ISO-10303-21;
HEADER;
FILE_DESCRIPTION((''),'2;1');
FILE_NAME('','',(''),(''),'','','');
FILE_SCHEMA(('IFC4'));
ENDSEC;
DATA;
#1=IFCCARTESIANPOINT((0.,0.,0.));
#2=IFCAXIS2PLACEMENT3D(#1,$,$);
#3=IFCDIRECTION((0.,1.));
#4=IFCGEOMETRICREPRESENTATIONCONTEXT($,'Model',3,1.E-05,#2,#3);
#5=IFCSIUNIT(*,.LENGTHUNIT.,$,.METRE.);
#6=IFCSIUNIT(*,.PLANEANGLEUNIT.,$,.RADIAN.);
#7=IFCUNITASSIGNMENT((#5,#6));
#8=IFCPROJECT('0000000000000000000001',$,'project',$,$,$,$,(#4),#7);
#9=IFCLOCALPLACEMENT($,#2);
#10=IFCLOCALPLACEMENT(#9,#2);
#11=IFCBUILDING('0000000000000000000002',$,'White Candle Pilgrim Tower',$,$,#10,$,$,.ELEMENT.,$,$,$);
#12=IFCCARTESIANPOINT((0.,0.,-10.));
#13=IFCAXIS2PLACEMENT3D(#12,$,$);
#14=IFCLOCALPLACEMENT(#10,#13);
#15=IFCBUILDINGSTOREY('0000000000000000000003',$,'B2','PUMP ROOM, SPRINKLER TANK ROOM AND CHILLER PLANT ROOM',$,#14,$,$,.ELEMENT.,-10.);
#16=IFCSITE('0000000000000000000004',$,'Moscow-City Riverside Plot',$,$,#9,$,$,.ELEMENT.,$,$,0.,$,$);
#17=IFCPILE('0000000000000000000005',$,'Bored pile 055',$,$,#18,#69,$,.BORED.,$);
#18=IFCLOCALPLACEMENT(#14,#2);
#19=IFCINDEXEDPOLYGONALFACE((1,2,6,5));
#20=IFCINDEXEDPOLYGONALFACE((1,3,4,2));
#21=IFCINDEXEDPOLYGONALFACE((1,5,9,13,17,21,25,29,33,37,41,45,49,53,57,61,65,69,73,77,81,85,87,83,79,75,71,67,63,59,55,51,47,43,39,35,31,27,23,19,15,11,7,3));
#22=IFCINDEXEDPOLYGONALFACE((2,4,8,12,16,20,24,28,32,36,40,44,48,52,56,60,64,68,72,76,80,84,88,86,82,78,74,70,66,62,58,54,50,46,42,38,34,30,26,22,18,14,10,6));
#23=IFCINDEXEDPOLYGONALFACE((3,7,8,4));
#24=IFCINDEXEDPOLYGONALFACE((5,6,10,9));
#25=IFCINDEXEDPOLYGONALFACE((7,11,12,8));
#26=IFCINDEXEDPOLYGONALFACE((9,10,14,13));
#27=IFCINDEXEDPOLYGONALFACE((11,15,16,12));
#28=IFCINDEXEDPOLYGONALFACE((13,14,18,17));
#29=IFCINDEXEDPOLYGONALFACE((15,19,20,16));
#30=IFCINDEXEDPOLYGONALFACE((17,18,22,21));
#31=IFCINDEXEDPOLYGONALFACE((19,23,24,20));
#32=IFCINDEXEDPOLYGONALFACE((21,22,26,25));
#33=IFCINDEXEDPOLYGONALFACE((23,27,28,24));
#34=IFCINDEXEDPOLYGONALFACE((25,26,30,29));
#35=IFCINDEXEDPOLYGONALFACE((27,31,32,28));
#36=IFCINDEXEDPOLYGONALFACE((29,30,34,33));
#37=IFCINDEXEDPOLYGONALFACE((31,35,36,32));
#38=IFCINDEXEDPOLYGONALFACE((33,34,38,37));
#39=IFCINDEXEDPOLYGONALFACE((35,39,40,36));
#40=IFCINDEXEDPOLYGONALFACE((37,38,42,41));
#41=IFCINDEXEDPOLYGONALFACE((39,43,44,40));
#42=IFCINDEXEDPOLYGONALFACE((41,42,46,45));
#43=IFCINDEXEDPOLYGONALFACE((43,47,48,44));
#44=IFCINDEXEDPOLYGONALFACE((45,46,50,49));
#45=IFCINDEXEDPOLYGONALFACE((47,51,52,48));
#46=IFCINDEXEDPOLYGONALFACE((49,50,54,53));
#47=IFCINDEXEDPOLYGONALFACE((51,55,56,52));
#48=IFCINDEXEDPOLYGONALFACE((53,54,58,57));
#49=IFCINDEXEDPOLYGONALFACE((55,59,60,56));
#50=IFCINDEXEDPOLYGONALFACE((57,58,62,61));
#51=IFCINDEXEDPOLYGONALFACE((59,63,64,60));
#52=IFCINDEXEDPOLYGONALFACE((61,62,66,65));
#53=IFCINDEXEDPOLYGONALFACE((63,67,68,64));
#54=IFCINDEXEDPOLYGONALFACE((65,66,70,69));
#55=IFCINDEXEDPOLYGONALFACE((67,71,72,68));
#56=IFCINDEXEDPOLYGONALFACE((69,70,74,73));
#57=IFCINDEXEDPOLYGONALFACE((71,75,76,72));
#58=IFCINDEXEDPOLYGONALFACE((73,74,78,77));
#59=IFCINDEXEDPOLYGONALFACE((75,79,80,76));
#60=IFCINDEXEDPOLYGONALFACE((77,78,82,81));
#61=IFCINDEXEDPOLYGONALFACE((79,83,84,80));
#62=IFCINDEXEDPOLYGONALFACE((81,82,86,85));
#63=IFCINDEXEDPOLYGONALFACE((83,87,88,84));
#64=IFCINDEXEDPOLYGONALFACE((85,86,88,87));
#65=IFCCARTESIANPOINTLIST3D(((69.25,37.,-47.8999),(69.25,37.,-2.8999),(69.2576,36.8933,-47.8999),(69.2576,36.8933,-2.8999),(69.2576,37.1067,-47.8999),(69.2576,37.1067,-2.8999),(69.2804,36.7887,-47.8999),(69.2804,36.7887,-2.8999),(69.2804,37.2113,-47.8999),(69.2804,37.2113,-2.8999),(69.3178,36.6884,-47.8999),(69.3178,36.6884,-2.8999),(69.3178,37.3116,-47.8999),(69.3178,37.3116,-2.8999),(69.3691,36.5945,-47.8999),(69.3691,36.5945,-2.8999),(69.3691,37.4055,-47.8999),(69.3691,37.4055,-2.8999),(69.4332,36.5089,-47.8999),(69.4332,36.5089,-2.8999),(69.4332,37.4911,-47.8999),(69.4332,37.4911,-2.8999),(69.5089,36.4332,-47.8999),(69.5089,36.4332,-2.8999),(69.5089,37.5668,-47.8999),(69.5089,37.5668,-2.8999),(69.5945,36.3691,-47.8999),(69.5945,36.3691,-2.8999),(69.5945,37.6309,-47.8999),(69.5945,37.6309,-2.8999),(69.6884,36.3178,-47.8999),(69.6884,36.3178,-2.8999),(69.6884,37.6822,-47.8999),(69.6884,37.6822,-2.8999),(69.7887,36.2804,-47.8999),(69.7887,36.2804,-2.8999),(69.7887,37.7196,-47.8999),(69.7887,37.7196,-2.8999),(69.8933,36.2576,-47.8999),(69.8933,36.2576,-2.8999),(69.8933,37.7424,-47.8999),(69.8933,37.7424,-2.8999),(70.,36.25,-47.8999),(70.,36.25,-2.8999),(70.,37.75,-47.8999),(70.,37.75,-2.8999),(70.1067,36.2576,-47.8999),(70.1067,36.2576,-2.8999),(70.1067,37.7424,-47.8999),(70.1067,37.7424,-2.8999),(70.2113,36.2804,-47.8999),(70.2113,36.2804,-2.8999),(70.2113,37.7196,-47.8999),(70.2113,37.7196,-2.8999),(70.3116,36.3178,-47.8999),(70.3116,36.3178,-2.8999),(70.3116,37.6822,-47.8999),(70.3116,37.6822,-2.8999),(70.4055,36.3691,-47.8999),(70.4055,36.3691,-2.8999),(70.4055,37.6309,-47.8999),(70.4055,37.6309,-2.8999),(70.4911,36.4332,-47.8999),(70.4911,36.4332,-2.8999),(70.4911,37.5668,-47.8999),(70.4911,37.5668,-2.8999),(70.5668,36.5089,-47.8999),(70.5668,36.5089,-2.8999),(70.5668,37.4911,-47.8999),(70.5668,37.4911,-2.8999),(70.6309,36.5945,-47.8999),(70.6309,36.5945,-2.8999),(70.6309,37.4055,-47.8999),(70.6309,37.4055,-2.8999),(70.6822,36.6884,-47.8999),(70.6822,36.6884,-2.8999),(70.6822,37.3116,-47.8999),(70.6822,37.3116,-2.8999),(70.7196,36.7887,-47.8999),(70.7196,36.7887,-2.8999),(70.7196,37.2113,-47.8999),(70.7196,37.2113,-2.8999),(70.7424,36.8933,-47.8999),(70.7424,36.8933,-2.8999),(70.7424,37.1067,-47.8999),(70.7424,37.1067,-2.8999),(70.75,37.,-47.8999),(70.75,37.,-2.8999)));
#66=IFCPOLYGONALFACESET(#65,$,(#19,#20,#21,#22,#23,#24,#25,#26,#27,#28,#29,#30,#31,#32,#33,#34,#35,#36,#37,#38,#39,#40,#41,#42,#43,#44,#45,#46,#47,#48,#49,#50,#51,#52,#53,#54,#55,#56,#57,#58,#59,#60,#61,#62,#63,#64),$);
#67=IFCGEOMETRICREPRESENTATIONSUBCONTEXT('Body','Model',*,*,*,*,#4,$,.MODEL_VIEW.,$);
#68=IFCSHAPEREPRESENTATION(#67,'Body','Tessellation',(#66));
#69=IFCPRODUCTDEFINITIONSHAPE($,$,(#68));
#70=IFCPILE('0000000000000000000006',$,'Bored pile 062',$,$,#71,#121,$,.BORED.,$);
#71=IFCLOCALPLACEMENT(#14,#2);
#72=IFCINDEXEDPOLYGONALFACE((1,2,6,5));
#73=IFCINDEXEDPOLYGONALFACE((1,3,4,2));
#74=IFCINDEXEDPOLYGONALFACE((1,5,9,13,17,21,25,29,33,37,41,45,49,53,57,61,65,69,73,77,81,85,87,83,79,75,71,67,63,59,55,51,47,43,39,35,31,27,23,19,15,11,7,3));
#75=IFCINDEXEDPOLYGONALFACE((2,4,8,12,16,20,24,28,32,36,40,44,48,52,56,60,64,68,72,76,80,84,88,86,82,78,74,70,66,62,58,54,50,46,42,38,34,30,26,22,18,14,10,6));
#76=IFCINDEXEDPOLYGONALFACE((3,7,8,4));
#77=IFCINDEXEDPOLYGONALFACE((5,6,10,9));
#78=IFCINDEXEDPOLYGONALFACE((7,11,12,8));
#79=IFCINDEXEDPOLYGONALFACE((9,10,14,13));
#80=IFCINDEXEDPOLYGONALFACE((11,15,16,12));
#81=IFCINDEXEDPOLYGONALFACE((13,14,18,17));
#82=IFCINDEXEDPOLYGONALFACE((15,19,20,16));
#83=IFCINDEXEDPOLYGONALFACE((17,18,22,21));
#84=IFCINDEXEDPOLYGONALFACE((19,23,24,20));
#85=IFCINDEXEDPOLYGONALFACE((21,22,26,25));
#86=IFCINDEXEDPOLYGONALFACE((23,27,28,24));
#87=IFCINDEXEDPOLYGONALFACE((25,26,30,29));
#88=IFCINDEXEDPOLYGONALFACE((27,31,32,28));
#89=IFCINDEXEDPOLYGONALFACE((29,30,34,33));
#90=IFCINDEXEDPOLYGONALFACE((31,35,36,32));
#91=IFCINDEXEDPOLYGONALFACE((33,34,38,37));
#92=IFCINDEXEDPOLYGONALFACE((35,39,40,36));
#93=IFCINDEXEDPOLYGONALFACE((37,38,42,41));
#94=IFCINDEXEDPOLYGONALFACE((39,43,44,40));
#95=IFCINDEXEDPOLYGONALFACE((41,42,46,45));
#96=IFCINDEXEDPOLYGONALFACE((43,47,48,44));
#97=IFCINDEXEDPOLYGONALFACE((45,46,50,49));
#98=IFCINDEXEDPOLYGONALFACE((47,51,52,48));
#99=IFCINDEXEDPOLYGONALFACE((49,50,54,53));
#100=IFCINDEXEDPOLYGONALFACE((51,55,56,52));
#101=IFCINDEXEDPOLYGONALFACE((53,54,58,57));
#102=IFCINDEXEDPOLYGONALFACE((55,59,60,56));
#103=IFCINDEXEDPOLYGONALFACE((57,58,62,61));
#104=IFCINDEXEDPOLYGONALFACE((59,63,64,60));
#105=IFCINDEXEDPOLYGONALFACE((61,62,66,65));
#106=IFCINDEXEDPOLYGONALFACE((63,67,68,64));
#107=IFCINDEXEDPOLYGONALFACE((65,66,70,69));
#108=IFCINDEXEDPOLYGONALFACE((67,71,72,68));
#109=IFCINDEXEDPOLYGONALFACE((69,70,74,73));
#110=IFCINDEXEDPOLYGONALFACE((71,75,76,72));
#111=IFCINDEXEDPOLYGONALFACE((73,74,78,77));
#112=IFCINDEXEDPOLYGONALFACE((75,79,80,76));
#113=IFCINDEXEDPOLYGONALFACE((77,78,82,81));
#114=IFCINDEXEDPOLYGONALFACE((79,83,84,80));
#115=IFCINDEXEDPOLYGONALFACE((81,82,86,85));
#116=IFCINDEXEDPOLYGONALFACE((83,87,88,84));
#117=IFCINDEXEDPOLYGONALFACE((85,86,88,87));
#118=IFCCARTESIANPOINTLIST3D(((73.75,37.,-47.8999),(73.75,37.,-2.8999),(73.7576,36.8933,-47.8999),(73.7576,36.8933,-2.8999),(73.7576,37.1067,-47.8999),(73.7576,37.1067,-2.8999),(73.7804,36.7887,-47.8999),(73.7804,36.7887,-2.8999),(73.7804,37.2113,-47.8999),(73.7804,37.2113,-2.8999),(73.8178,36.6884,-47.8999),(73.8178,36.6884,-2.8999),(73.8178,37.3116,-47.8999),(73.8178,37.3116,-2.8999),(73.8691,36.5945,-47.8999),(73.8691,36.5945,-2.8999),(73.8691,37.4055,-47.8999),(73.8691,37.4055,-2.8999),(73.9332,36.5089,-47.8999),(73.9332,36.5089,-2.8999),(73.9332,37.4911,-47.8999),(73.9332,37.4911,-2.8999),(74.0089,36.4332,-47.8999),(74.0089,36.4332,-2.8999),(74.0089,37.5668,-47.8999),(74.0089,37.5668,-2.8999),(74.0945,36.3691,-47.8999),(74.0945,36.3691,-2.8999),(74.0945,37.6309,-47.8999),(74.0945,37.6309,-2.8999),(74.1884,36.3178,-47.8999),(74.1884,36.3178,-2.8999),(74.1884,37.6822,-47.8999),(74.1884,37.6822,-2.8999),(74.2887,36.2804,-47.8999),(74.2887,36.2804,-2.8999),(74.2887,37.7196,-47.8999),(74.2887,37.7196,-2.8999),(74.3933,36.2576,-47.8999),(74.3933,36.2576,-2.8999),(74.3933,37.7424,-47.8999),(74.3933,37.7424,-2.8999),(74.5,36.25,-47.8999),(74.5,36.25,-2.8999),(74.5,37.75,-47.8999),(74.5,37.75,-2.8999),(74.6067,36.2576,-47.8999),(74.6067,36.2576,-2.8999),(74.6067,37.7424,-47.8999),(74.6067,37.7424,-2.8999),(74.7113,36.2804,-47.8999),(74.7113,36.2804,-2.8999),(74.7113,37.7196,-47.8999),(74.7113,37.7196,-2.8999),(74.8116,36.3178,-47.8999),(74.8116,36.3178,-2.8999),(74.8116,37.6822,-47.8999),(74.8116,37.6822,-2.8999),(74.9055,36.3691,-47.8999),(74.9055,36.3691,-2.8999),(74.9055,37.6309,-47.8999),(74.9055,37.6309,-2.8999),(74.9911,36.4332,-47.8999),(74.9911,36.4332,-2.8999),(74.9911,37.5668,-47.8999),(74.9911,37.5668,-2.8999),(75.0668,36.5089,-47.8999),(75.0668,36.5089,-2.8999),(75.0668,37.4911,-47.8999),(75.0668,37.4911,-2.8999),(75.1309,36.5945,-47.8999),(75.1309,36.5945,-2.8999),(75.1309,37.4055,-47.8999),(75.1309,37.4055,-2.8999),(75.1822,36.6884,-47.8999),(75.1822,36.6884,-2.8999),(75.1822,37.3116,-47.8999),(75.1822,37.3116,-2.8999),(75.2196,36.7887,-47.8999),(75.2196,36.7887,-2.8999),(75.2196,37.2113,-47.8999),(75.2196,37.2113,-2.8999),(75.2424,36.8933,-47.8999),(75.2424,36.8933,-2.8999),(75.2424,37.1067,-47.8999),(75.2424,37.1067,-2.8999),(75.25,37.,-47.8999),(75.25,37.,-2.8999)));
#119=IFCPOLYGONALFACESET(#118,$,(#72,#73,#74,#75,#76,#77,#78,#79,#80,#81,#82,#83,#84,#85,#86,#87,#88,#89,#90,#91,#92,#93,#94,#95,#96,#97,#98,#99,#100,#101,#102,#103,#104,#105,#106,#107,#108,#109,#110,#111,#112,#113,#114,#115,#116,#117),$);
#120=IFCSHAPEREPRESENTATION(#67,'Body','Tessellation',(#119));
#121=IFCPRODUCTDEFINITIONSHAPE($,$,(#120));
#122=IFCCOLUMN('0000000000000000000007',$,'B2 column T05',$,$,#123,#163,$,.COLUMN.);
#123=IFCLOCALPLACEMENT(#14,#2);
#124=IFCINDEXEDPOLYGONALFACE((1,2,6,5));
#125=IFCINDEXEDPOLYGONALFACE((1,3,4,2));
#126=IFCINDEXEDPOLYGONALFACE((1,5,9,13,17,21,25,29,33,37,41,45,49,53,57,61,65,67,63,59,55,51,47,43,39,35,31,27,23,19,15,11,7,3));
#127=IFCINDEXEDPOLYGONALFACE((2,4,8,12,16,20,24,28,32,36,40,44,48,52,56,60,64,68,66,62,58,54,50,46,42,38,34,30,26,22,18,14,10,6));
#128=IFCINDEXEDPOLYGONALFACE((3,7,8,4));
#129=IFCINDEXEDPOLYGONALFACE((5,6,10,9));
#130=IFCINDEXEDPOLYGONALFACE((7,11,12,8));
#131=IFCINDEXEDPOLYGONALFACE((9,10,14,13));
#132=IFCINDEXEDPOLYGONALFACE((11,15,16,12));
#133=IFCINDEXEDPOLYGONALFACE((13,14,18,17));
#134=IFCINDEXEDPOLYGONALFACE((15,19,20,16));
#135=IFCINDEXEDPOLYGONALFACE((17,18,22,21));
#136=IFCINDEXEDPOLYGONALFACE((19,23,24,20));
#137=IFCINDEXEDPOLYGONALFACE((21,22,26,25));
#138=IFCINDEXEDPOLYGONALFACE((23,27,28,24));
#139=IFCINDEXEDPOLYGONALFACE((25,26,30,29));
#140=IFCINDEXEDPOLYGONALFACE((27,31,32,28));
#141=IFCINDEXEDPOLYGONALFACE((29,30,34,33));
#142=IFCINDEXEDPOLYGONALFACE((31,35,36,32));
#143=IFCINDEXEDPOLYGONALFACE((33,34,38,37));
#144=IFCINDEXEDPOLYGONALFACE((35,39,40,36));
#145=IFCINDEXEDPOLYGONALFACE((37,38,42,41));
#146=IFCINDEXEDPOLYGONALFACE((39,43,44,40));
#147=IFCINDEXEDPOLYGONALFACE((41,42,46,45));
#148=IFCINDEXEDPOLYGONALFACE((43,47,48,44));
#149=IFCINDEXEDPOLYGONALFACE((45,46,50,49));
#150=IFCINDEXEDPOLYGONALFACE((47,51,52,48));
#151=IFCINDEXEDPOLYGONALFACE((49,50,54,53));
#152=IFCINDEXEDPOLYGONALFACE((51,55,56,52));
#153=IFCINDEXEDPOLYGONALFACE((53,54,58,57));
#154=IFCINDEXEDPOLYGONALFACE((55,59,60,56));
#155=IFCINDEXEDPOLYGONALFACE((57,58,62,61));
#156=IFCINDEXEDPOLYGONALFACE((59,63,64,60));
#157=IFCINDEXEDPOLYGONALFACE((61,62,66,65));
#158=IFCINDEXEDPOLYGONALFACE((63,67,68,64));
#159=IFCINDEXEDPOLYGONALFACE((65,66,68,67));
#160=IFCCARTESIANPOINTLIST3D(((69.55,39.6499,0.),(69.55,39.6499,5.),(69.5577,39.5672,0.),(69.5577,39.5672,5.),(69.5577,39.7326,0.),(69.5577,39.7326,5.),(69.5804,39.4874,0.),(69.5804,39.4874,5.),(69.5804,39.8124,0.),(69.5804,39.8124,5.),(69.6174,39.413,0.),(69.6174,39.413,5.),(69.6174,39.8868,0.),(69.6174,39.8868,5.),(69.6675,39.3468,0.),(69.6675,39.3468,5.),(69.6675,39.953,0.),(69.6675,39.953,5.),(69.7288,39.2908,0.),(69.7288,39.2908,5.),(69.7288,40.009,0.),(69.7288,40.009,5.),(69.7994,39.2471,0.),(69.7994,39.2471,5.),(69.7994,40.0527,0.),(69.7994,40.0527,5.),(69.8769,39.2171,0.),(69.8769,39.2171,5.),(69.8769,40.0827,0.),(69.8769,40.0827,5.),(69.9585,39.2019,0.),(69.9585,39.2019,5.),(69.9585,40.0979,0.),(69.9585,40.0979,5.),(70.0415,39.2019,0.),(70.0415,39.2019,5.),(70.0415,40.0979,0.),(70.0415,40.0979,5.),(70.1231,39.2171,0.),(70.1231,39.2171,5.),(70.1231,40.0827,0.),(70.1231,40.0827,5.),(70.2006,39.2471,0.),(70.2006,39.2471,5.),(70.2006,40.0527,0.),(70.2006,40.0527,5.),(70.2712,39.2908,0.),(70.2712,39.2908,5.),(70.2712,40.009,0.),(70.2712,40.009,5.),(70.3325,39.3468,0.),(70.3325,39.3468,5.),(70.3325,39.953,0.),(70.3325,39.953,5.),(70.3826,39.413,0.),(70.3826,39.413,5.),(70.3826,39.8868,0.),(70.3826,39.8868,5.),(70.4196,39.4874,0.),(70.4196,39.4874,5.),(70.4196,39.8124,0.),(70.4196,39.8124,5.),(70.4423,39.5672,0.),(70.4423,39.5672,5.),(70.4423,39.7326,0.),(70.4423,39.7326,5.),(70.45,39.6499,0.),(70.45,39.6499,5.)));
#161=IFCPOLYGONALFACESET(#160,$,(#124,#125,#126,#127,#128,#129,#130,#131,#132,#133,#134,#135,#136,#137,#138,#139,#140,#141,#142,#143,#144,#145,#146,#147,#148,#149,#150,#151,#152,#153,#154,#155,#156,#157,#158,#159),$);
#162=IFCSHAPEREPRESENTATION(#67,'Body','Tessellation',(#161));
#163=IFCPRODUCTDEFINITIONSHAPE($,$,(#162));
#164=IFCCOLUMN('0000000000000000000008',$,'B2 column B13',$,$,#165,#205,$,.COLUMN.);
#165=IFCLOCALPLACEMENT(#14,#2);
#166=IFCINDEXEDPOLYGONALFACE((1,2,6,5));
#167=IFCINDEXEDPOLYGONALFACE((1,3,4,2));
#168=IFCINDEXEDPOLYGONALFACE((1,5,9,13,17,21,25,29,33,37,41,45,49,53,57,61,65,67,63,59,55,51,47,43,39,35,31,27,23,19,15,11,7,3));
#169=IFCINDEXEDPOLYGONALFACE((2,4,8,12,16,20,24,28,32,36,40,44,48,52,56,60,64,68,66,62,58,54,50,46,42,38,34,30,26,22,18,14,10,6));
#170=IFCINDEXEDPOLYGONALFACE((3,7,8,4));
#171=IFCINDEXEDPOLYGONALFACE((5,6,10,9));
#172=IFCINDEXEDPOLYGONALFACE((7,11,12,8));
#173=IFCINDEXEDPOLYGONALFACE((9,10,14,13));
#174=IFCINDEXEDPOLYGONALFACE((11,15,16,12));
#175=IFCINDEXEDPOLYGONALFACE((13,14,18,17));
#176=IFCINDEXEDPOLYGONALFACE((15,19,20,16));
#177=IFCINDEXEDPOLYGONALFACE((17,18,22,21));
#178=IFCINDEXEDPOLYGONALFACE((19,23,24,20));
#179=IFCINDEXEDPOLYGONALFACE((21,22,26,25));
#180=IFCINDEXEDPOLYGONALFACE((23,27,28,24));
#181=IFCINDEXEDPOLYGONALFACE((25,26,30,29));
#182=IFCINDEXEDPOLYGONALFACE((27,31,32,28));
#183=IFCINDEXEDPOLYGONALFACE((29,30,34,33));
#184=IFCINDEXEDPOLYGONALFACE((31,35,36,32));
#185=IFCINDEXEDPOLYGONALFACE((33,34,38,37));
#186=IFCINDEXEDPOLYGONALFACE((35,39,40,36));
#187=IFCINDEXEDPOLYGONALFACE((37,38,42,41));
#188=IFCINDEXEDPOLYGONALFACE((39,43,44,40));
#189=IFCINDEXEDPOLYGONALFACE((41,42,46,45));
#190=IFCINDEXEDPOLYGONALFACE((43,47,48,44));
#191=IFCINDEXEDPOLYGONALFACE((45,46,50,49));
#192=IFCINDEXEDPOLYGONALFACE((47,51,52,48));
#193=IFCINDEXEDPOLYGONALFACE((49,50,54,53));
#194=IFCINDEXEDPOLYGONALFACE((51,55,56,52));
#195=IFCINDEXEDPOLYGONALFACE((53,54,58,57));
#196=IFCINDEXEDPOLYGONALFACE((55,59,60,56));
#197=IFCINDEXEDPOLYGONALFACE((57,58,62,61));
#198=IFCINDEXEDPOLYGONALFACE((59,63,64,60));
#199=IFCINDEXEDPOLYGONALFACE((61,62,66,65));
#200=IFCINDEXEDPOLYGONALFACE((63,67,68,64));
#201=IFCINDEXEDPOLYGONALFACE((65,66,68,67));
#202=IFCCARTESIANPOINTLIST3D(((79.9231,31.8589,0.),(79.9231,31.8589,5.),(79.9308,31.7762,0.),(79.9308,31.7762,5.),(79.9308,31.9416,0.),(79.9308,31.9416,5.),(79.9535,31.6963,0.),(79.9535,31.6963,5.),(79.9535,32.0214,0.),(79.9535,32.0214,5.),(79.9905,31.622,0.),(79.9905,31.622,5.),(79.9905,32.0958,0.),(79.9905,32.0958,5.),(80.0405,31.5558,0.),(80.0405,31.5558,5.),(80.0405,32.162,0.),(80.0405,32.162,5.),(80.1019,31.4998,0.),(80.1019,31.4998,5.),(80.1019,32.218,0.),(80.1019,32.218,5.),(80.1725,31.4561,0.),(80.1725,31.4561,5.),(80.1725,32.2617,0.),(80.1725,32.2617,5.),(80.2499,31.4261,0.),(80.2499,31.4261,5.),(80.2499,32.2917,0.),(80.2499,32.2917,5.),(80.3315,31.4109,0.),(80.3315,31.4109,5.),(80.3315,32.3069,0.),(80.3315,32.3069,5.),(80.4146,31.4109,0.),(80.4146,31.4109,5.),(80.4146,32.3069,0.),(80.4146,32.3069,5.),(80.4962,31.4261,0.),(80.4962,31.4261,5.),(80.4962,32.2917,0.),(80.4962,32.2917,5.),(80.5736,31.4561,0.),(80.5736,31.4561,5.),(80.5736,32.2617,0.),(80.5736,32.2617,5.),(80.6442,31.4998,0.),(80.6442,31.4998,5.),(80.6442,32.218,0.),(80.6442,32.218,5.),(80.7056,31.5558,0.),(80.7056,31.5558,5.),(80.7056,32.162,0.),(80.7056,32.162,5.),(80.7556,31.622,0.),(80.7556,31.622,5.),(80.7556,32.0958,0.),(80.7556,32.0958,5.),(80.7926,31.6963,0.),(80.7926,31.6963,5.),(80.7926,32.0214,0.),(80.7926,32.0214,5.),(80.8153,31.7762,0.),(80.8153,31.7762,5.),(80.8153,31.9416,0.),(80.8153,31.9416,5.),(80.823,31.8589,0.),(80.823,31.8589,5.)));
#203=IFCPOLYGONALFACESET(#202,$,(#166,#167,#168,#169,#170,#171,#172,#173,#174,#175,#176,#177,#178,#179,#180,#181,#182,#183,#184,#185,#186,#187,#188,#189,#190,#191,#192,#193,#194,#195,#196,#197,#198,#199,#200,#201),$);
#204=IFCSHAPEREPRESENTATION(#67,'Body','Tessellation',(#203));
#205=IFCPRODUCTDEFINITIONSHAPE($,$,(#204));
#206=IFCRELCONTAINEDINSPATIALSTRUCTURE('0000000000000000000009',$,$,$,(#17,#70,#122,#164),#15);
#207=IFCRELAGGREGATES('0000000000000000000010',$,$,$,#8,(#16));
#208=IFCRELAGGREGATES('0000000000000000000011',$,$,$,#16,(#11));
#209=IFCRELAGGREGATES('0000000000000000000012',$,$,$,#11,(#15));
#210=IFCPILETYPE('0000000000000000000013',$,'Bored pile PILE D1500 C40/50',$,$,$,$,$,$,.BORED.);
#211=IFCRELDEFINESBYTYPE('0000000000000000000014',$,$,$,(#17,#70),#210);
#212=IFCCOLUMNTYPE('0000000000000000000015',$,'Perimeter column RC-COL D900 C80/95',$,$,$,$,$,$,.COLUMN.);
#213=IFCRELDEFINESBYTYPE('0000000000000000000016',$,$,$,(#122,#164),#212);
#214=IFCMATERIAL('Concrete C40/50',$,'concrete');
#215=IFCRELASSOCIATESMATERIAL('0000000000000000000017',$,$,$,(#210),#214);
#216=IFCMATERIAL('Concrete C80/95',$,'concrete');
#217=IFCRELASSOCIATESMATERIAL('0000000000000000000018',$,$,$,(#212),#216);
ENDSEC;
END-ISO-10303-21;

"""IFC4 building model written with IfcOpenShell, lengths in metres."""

from ifc_helpers import new_model, si_unit, direction, frame, origin, origin_2d, place, context, subcontext, project, spatial, circle, extrude, material, material_profile, profile_set, type_object, element, save


model = new_model("IFC4")

# Units and contexts
model_context = context("Model", 3, precision=1e-05, world=origin(), true_north=direction((0.0, 1.0)))
body_context = subcontext(model_context, "Body", "Model", "MODEL_VIEW")
ifc_project = project(units=[si_unit("LENGTHUNIT", "METRE"), si_unit("PLANEANGLEUNIT", "RADIAN")], contexts=[model_context])

# Site, building, storey
site_placement = place(None, origin())
site = spatial("IfcSite", under=ifc_project, at=site_placement, Name="Moscow-City Riverside Plot", CompositionType="ELEMENT", RefElevation=0.0)
building_placement = place(site_placement, origin())
building = spatial("IfcBuilding", under=site, at=building_placement, Name="White Candle Pilgrim Tower", CompositionType="ELEMENT")
storey_placement = place(building_placement, frame((0.0, 0.0, -10.0)))
storey = spatial("IfcBuildingStorey", under=building, at=storey_placement, Name="B2", Description="PUMP ROOM, SPRINKLER TANK ROOM AND CHILLER PLANT ROOM", CompositionType="ELEMENT", Elevation=-10.0)

# Piles
ifc_material_1 = material(Name="Concrete C40/50", Category="concrete")
ifc_material_profile_1 = material_profile(ifc_material_1, circle(Radius=0.75, at=origin_2d()), Name="PILE D1500")
ifc_profile_set_1 = profile_set([ifc_material_profile_1], Name="Concrete C40/50")
pile_type_1 = type_object("IfcPileType", Name="Bored pile PILE D1500 C40/50", PredefinedType="BORED", material=ifc_profile_set_1)
for number, where, z_axis, x_axis, name in (
    (1, (70.0, 37.0, -2.8999), (0.0, 0.0, -1.0), (1.0, 0.0, 0.0), "Bored pile 055"),
    (2, (74.5, 37.0, -2.8999), (0.0, 0.0, -1.0), (1.0, 0.0, 0.0), "Bored pile 062"),
):
    element("IfcPile", number, at=place(storey_placement, frame(where, z_axis=z_axis, x_axis=x_axis)), inside=storey, type_object=pile_type_1, Name=name, PredefinedType="BORED", context=body_context, shape_type="SweptSolid", body=[
        extrude(circle(Radius=0.75, at=origin_2d()), origin(), (0.0, 0.0, 1.0), 45.0),
    ])

# Columns
ifc_material_2 = material(Name="Concrete C80/95", Category="concrete")
ifc_material_profile_2 = material_profile(ifc_material_2, circle(Radius=0.45, at=origin_2d()), Name="RC-COL D900")
ifc_profile_set_2 = profile_set([ifc_material_profile_2], Name="Concrete C80/95")
column_type = type_object("IfcColumnType", Name="Perimeter column RC-COL D900 C80/95", PredefinedType="COLUMN", material=ifc_profile_set_2)
for number, where, z_axis, x_axis, name in (
    (3, (70.0, 39.6499, 0.0), (0.0, 0.0, 1.0), (1.0, 0.0, 0.0), "B2 column T05"),
    (4, (80.373, 31.8589, 0.0), (0.0, 0.0, 1.0), (1.0, 0.0, 0.0), "B2 column B13"),
):
    element("IfcColumn", number, at=place(storey_placement, frame(where, z_axis=z_axis, x_axis=x_axis)), inside=storey, type_object=column_type, Name=name, PredefinedType="COLUMN", context=body_context, shape_type="SweptSolid", body=[
        extrude(circle(Radius=0.45, at=origin_2d()), origin(), (0.0, 0.0, 1.0), 5.0),
    ])

save(model, "model.ifc")
